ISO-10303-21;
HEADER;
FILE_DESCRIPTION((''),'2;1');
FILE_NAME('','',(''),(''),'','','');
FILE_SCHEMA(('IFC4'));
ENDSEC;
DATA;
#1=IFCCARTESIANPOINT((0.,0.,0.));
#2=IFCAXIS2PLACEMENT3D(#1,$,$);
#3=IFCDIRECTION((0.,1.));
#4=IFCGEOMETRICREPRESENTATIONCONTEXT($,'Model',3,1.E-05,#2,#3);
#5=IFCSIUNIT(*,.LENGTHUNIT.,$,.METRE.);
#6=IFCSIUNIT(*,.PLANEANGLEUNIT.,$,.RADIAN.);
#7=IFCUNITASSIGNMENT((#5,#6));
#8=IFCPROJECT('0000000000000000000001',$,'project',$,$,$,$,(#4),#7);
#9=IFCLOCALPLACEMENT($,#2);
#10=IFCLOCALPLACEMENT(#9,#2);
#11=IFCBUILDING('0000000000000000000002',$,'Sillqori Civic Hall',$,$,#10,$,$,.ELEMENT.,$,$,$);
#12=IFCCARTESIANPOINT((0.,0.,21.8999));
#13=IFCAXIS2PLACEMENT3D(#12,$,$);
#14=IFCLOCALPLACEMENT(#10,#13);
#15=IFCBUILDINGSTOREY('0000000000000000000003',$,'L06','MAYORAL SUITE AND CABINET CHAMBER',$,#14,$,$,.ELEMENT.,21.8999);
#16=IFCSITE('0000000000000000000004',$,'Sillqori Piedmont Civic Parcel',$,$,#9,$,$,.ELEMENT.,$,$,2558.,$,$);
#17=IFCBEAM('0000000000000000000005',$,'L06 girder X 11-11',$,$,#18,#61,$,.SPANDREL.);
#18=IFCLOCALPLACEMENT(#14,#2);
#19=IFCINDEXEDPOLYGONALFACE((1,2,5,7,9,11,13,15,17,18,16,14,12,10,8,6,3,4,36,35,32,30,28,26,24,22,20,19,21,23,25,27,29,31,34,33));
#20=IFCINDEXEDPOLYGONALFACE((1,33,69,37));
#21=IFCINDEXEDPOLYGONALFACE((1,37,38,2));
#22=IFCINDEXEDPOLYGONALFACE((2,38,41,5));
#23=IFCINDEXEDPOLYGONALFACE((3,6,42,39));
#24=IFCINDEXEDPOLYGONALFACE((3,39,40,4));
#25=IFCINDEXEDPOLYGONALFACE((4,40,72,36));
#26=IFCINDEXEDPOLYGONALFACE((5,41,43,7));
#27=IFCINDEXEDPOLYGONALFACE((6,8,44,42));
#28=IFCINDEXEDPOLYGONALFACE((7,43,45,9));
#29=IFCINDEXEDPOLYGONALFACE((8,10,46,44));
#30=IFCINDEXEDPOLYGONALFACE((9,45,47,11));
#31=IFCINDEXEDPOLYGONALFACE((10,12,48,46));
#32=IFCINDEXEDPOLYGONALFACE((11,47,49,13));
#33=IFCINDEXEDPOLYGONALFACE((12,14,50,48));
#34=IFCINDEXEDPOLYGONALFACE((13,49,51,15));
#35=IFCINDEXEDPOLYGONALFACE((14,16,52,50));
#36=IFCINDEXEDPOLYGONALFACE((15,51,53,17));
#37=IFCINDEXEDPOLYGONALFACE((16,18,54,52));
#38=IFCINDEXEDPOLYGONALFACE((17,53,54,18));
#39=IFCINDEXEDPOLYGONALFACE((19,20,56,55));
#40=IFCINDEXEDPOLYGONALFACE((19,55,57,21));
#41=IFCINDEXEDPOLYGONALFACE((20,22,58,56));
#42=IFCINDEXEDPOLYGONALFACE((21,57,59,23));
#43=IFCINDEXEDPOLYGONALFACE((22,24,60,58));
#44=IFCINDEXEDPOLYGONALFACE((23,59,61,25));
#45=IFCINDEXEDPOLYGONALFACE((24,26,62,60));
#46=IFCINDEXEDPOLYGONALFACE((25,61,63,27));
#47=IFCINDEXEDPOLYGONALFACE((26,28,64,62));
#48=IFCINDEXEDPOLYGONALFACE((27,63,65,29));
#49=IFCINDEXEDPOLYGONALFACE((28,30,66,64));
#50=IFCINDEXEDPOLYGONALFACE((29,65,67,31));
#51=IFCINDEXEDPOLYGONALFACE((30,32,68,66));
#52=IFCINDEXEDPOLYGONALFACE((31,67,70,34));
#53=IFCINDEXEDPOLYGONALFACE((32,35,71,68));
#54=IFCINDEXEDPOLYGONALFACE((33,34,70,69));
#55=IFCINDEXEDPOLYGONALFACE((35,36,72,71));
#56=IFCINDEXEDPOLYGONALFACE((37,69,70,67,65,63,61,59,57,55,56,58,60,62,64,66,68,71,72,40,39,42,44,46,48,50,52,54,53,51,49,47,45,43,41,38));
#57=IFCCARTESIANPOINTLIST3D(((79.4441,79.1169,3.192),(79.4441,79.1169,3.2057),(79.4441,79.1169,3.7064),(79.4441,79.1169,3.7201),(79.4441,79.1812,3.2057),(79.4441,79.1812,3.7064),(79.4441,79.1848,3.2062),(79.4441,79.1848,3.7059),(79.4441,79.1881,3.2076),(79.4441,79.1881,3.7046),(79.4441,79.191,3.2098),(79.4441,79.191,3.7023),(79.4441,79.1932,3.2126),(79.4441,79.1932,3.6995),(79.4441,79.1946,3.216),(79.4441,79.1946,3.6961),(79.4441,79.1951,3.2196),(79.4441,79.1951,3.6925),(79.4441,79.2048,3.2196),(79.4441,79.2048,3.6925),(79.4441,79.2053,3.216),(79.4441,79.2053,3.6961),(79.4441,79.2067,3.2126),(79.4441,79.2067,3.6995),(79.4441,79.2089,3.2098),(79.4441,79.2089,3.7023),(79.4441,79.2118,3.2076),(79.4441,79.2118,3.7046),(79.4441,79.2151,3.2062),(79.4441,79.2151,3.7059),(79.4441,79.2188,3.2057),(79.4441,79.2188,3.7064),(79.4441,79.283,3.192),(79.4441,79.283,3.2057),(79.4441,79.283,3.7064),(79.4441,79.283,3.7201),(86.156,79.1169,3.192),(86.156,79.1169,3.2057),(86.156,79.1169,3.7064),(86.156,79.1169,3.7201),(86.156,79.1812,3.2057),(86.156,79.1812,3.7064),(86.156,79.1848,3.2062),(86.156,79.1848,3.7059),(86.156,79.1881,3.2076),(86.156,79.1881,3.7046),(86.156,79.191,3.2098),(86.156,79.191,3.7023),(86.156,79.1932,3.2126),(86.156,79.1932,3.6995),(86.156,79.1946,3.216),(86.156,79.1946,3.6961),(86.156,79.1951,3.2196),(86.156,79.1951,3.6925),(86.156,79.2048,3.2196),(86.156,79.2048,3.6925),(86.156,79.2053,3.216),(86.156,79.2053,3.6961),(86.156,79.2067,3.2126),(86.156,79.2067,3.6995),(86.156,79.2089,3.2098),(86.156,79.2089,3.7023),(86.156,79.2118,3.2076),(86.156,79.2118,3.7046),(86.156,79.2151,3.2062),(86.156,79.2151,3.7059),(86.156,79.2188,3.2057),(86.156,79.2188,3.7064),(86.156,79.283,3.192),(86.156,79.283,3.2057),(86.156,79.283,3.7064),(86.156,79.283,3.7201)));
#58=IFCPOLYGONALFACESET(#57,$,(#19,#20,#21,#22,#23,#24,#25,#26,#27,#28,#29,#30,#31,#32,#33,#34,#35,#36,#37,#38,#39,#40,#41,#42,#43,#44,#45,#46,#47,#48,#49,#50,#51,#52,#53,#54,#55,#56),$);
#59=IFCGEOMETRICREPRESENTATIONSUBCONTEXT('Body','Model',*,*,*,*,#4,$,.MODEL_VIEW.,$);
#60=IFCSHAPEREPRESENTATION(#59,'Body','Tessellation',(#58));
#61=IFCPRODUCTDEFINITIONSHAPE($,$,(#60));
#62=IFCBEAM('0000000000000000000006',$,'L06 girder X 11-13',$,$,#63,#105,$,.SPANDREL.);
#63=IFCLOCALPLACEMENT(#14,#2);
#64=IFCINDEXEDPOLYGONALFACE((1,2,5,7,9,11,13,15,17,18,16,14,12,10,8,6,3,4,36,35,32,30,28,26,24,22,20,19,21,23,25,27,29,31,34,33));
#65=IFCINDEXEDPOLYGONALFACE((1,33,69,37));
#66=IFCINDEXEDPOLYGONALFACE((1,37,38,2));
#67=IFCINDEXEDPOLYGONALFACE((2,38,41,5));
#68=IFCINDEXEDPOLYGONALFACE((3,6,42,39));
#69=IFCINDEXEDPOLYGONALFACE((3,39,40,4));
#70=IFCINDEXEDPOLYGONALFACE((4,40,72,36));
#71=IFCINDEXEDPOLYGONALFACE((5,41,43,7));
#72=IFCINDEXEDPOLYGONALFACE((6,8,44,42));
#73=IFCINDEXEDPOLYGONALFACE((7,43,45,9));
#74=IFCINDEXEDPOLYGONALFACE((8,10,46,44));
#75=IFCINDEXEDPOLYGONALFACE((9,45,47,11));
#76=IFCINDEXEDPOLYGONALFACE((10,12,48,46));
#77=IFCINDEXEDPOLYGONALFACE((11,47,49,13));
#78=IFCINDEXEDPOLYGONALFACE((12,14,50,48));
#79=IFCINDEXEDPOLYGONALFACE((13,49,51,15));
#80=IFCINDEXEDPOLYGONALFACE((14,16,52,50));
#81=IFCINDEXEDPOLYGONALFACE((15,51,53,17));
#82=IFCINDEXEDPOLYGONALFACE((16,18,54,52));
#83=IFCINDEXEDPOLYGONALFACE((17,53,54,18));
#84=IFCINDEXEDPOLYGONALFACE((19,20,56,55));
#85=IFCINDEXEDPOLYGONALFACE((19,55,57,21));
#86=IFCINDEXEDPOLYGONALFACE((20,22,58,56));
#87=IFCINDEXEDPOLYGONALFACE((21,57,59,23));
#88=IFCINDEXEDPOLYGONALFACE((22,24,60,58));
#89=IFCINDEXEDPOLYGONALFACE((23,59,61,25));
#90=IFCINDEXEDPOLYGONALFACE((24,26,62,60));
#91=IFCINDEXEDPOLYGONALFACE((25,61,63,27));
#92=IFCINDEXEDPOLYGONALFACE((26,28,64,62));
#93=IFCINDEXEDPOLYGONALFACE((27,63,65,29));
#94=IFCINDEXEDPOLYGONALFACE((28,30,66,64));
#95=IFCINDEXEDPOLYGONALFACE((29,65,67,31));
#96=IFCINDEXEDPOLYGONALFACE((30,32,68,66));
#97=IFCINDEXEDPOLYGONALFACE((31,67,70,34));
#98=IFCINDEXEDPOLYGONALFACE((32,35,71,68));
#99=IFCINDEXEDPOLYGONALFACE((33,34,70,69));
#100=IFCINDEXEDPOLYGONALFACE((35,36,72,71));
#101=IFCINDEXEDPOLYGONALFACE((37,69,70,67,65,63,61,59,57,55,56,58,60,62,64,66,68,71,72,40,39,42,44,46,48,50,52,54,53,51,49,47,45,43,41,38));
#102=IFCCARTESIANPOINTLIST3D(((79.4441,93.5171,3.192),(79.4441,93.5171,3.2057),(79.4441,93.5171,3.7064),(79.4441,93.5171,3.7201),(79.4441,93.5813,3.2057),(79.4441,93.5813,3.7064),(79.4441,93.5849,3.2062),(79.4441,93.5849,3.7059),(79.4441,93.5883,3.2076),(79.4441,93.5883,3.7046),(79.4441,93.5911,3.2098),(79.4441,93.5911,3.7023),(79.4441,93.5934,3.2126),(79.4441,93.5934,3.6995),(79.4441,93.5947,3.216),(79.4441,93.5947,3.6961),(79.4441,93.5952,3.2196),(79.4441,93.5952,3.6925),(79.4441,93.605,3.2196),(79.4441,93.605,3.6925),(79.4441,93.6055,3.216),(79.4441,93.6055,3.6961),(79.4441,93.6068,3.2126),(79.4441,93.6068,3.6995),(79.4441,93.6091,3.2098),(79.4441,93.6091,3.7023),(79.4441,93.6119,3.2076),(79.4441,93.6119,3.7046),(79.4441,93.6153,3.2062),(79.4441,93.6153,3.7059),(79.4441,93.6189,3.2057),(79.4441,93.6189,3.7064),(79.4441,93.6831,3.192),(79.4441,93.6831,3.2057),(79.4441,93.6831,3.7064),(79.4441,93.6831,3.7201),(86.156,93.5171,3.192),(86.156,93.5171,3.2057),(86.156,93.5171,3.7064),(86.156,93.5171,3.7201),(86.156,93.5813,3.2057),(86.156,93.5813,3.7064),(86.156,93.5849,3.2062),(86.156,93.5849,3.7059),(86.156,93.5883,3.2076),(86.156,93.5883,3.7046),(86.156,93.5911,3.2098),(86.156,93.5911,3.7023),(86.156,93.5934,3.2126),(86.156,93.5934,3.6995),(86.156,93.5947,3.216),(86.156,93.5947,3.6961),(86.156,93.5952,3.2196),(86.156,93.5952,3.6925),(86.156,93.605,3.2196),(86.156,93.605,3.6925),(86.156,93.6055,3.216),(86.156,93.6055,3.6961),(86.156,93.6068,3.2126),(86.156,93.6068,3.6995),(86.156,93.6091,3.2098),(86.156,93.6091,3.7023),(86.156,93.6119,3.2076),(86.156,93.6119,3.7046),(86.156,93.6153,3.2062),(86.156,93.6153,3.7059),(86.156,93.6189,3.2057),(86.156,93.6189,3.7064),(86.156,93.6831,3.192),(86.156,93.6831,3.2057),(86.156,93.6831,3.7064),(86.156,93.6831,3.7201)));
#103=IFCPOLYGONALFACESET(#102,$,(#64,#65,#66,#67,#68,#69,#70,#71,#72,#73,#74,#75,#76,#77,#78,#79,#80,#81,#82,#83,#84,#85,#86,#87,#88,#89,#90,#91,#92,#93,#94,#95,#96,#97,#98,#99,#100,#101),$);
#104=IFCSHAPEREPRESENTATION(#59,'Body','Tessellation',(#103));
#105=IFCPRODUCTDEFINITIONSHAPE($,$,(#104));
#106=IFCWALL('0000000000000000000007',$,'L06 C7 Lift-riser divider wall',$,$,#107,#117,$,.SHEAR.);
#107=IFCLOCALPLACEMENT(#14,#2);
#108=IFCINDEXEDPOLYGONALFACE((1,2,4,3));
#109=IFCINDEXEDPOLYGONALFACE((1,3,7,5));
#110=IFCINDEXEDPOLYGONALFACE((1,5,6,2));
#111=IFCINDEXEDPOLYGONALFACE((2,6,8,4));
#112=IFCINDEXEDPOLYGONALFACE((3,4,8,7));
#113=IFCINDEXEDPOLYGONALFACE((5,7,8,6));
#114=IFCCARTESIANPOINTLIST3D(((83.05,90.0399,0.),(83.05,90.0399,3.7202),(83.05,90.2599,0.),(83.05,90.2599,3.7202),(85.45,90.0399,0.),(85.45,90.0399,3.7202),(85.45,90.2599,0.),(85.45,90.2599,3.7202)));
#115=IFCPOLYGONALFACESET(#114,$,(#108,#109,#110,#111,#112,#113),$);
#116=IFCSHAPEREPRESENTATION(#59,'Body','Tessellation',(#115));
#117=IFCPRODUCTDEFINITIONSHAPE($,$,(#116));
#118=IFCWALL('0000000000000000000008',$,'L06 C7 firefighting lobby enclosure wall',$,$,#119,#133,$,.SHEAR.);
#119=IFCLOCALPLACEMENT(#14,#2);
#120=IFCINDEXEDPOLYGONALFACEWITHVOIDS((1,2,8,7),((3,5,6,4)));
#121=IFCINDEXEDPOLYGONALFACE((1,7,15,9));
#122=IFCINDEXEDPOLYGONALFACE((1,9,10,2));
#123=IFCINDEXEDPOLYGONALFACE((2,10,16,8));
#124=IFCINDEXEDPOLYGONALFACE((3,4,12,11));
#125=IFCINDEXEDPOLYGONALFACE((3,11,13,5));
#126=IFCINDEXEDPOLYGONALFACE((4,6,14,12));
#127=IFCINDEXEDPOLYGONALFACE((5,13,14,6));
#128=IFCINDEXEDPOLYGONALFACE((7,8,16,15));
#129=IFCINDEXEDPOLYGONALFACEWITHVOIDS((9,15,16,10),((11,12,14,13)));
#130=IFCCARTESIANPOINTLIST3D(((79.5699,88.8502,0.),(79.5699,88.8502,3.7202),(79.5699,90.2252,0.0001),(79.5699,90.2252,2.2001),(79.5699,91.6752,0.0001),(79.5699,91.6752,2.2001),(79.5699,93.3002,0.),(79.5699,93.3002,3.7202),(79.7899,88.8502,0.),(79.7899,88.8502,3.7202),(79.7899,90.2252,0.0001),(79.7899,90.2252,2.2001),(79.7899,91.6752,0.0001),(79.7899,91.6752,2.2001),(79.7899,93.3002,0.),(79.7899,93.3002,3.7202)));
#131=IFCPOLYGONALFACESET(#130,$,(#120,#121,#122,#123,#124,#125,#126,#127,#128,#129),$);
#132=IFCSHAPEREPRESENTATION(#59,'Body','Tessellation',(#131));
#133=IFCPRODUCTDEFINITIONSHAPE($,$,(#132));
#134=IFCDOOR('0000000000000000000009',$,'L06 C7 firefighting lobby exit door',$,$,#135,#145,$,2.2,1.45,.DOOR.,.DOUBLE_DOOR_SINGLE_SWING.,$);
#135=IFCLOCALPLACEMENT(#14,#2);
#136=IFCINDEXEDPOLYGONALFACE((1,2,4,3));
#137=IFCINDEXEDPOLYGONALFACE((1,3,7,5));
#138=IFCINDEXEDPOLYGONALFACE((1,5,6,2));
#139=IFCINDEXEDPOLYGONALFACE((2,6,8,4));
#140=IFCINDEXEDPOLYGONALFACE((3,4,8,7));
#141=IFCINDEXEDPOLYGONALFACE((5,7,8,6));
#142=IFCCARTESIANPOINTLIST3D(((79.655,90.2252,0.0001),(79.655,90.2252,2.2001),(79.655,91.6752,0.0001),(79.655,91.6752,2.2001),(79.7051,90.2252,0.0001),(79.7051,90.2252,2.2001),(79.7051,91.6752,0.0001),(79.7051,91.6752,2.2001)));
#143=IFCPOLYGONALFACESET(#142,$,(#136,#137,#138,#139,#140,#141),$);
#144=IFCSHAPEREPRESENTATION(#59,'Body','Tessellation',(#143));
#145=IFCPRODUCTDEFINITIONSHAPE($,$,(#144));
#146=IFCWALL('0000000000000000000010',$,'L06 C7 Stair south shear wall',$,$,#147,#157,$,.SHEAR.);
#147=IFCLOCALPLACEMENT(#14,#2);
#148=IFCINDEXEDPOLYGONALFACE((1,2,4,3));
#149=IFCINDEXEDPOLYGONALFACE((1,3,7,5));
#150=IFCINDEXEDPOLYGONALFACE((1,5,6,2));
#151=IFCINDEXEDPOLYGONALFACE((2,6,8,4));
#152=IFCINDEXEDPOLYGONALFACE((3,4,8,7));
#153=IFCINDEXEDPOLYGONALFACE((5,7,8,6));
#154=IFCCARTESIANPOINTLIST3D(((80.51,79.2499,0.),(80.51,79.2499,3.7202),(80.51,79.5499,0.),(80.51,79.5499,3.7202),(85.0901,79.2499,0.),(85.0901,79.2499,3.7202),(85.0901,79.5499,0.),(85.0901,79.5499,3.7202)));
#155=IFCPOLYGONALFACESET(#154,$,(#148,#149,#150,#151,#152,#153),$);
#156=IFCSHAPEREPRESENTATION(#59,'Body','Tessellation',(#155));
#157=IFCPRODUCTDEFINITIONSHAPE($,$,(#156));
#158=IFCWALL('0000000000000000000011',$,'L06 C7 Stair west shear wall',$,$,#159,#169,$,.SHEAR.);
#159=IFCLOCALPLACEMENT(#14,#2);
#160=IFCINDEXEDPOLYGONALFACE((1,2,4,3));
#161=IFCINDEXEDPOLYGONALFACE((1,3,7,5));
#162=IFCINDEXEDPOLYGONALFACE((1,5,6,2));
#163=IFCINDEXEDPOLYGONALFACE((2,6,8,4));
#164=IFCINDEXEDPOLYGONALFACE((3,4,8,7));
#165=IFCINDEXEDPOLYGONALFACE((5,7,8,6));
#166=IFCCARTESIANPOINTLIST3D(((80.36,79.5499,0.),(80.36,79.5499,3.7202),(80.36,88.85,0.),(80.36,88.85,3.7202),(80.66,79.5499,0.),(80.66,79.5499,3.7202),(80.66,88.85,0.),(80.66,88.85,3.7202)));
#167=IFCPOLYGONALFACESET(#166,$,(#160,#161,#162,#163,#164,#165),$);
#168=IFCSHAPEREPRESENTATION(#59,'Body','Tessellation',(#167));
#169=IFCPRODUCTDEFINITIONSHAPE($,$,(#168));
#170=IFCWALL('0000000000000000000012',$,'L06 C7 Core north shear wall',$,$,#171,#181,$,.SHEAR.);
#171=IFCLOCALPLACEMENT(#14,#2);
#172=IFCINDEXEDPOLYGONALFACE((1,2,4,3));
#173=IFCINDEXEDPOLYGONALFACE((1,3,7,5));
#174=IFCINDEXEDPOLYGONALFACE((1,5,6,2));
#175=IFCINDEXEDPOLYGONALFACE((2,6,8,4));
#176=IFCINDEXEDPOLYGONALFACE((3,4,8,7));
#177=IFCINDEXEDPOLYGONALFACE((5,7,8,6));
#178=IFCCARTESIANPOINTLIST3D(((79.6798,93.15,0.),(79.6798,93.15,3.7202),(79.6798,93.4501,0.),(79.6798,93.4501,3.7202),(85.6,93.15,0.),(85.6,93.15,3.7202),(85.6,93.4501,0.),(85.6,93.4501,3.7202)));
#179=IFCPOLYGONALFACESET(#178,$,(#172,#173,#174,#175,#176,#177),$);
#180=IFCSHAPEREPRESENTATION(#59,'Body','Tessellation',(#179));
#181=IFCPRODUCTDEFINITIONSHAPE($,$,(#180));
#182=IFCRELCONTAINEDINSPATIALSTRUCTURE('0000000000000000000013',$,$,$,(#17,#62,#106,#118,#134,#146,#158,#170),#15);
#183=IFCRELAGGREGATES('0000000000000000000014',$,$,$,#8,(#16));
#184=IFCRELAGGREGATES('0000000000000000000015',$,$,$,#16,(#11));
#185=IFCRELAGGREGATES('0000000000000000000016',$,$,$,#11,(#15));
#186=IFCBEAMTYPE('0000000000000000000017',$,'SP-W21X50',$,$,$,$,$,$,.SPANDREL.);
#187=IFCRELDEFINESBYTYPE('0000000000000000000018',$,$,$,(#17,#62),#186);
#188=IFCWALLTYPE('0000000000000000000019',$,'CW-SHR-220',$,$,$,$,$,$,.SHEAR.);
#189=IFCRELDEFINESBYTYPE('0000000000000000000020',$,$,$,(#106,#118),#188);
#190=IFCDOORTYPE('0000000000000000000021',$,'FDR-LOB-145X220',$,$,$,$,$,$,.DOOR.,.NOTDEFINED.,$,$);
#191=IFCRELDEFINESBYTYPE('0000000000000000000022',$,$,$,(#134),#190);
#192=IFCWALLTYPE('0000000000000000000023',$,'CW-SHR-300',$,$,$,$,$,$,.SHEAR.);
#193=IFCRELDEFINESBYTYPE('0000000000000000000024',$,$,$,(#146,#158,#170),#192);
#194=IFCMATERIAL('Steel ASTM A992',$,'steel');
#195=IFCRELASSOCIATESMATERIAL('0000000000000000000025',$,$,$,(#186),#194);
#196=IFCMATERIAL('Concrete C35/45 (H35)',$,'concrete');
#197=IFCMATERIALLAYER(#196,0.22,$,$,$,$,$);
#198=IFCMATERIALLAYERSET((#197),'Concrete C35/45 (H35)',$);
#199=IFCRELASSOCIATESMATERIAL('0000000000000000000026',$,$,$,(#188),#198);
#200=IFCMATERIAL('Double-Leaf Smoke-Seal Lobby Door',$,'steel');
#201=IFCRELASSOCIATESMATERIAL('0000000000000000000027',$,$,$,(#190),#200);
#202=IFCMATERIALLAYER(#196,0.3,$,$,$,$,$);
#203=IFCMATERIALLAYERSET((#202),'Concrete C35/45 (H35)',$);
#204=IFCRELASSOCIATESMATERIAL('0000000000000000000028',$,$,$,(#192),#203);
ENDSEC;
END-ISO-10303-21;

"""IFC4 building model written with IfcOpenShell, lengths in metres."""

from ifc_helpers import new_model, si_unit, direction, frame, frame_2d, origin, origin_2d, place, context, subcontext, project, spatial, rectangle, i_section, extrude, material, layer, layer_set, material_profile, profile_set, type_object, element, fill, save


model = new_model("IFC4")

# Units and contexts
model_context = context("Model", 3, precision=1e-05, world=origin(), true_north=direction((0.0, 1.0)))
body_context = subcontext(model_context, "Body", "Model", "MODEL_VIEW")
ifc_project = project(units=[si_unit("LENGTHUNIT", "METRE"), si_unit("PLANEANGLEUNIT", "RADIAN")], contexts=[model_context])

# Site, building, storey
site_placement = place(None, origin())
site = spatial("IfcSite", under=ifc_project, at=site_placement, Name="Sillqori Piedmont Civic Parcel", CompositionType="ELEMENT", RefElevation=2558.0)
building_placement = place(site_placement, origin())
building = spatial("IfcBuilding", under=site, at=building_placement, Name="Sillqori Civic Hall", CompositionType="ELEMENT")
storey_placement = place(building_placement, frame((0.0, 0.0, 21.8999)))
storey = spatial("IfcBuildingStorey", under=building, at=storey_placement, Name="L06", Description="MAYORAL SUITE AND CABINET CHAMBER", CompositionType="ELEMENT", Elevation=21.8999)

# Shared definitions
ifc_material_1 = material(Name="Concrete C35/45 (H35)", Category="concrete")
ifc_material_2 = material(Name="Steel ASTM A992", Category="steel")

# Beams
ifc_material_profile_1 = material_profile(ifc_material_2, i_section(OverallWidth=0.166, OverallDepth=0.5281, WebThickness=0.0098, FlangeThickness=0.0137, FilletRadius=0.0139, at=origin_2d()), Name="W21X50")
ifc_profile_set_1 = profile_set([ifc_material_profile_1], Name="Steel ASTM A992")
beam_type_1 = type_object("IfcBeamType", Name="SP-W21X50", PredefinedType="SPANDREL", material=ifc_profile_set_1)
for number, where, z_axis, x_axis, name in (
    (1, (79.4441, 79.2, 3.4561), (1.0, 0.0, 0.0), (0.0, 1.0, 0.0), "L06 girder X 11-11"),
    (2, (79.4441, 93.6001, 3.4561), (1.0, 0.0, 0.0), (0.0, 1.0, 0.0), "L06 girder X 11-13"),
):
    element("IfcBeam", number, at=place(storey_placement, frame(where, z_axis=z_axis, x_axis=x_axis)), inside=storey, type_object=beam_type_1, Name=name, PredefinedType="SPANDREL", context=body_context, shape_type="SweptSolid", body=[
        extrude(i_section(OverallWidth=0.166, OverallDepth=0.5281, WebThickness=0.0098, FlangeThickness=0.0137, FilletRadius=0.0139, at=origin_2d()), origin(), (0.0, 0.0, 1.0), 6.7119),
    ])

# Wall
ifc_layer_1 = layer(ifc_material_1, 0.22)
ifc_layer_set_1 = layer_set([ifc_layer_1], Name="Concrete C35/45 (H35)")
wall_type_1 = type_object("IfcWallType", Name="CW-SHR-220", PredefinedType="SHEAR", material=ifc_layer_set_1)
wall_1_placement = place(storey_placement, frame((83.05, 90.1499, 0.0), z_axis=(0.0, 0.0, 1.0), x_axis=(1.0, 0.0, 0.0)))
element("IfcWall", 3, at=wall_1_placement, inside=storey, type_object=wall_type_1, Name="L06 C7 Lift-riser divider wall", PredefinedType="SHEAR", context=body_context, shape_type="SweptSolid", body=[
    extrude(rectangle(XDim=2.3999, YDim=0.22, at=frame_2d((1.2, 0.0))), origin(), (0.0, 0.0, 1.0), 3.7202),
])

# Wall, opening, door
wall_2_placement = place(storey_placement, frame((79.6799, 88.8501, 0.0), z_axis=(0.0, 0.0, 1.0), x_axis=(0.0, 1.0, 0.0)))
wall_2 = element("IfcWall", 4, at=wall_2_placement, inside=storey, type_object=wall_type_1, Name="L06 C7 firefighting lobby enclosure wall", PredefinedType="SHEAR", context=body_context, shape_type="SweptSolid", body=[
    extrude(rectangle(XDim=4.45, YDim=0.22, at=frame_2d((2.2251, 0.0))), origin(), (0.0, 0.0, 1.0), 3.7202),
])
opening_1_placement = place(wall_2_placement, frame((1.375, 0.0, 0.0)))
opening_1 = element("IfcOpeningElement", 5, at=opening_1_placement, cuts=wall_2, PredefinedType="OPENING", context=body_context, shape_type="SweptSolid", body=[
    extrude(rectangle(XDim=1.45, YDim=2.2, at=frame_2d((0.7251, 1.1001))), frame((0.0, 0.1199, 0.0), z_axis=(0.0, -1.0, 0.0), x_axis=(1.0, 0.0, 0.0)), (0.0, 0.0, 1.0), 0.24),
])
ifc_material_3 = material(Name="Double-Leaf Smoke-Seal Lobby Door", Category="steel")
door_type_1 = type_object("IfcDoorType", Name="FDR-LOB-145X220", OperationType="NOTDEFINED", PredefinedType="DOOR", material=ifc_material_3)
door_1_placement = place(opening_1_placement, origin())
door_1 = element("IfcDoor", 6, at=door_1_placement, inside=storey, type_object=door_type_1, Name="L06 C7 firefighting lobby exit door", OperationType="DOUBLE_DOOR_SINGLE_SWING", OverallHeight=2.2, OverallWidth=1.45, PredefinedType="DOOR", context=body_context, shape_type="SweptSolid", body=[
    extrude(rectangle(XDim=1.45, YDim=2.2, at=frame_2d((0.7251, 1.1001))), frame((0.0, 0.0249, 0.0), z_axis=(0.0, -1.0, 0.0), x_axis=(1.0, 0.0, 0.0)), (0.0, 0.0, 1.0), 0.05),
])
fill(opening_1, door_1)

# Walls
ifc_layer_2 = layer(ifc_material_1, 0.3)
ifc_layer_set_2 = layer_set([ifc_layer_2], Name="Concrete C35/45 (H35)")
wall_type_2 = type_object("IfcWallType", Name="CW-SHR-300", PredefinedType="SHEAR", material=ifc_layer_set_2)
wall_3_placement = place(storey_placement, frame((80.51, 79.3999, 0.0), z_axis=(0.0, 0.0, 1.0), x_axis=(1.0, 0.0, 0.0)))
element("IfcWall", 7, at=wall_3_placement, inside=storey, type_object=wall_type_2, Name="L06 C7 Stair south shear wall", PredefinedType="SHEAR", context=body_context, shape_type="SweptSolid", body=[
    extrude(rectangle(XDim=4.5801, YDim=0.3, at=frame_2d((2.29, 0.0))), origin(), (0.0, 0.0, 1.0), 3.7202),
])
wall_4_placement = place(storey_placement, frame((80.51, 79.55, 0.0), z_axis=(0.0, 0.0, 1.0), x_axis=(0.0, 1.0, 0.0)))
element("IfcWall", 8, at=wall_4_placement, inside=storey, type_object=wall_type_2, Name="L06 C7 Stair west shear wall", PredefinedType="SHEAR", context=body_context, shape_type="SweptSolid", body=[
    extrude(rectangle(XDim=9.3, YDim=0.3, at=frame_2d((4.6499, 0.0))), origin(), (0.0, 0.0, 1.0), 3.7202),
])
wall_5_placement = place(storey_placement, frame((79.6799, 93.3, 0.0), z_axis=(0.0, 0.0, 1.0), x_axis=(1.0, 0.0, 0.0)))
element("IfcWall", 9, at=wall_5_placement, inside=storey, type_object=wall_type_2, Name="L06 C7 Core north shear wall", PredefinedType="SHEAR", context=body_context, shape_type="SweptSolid", body=[
    extrude(rectangle(XDim=5.9202, YDim=0.3, at=frame_2d((2.96, 0.0))), origin(), (0.0, 0.0, 1.0), 3.7202),
])

save(model, "model.ifc")
